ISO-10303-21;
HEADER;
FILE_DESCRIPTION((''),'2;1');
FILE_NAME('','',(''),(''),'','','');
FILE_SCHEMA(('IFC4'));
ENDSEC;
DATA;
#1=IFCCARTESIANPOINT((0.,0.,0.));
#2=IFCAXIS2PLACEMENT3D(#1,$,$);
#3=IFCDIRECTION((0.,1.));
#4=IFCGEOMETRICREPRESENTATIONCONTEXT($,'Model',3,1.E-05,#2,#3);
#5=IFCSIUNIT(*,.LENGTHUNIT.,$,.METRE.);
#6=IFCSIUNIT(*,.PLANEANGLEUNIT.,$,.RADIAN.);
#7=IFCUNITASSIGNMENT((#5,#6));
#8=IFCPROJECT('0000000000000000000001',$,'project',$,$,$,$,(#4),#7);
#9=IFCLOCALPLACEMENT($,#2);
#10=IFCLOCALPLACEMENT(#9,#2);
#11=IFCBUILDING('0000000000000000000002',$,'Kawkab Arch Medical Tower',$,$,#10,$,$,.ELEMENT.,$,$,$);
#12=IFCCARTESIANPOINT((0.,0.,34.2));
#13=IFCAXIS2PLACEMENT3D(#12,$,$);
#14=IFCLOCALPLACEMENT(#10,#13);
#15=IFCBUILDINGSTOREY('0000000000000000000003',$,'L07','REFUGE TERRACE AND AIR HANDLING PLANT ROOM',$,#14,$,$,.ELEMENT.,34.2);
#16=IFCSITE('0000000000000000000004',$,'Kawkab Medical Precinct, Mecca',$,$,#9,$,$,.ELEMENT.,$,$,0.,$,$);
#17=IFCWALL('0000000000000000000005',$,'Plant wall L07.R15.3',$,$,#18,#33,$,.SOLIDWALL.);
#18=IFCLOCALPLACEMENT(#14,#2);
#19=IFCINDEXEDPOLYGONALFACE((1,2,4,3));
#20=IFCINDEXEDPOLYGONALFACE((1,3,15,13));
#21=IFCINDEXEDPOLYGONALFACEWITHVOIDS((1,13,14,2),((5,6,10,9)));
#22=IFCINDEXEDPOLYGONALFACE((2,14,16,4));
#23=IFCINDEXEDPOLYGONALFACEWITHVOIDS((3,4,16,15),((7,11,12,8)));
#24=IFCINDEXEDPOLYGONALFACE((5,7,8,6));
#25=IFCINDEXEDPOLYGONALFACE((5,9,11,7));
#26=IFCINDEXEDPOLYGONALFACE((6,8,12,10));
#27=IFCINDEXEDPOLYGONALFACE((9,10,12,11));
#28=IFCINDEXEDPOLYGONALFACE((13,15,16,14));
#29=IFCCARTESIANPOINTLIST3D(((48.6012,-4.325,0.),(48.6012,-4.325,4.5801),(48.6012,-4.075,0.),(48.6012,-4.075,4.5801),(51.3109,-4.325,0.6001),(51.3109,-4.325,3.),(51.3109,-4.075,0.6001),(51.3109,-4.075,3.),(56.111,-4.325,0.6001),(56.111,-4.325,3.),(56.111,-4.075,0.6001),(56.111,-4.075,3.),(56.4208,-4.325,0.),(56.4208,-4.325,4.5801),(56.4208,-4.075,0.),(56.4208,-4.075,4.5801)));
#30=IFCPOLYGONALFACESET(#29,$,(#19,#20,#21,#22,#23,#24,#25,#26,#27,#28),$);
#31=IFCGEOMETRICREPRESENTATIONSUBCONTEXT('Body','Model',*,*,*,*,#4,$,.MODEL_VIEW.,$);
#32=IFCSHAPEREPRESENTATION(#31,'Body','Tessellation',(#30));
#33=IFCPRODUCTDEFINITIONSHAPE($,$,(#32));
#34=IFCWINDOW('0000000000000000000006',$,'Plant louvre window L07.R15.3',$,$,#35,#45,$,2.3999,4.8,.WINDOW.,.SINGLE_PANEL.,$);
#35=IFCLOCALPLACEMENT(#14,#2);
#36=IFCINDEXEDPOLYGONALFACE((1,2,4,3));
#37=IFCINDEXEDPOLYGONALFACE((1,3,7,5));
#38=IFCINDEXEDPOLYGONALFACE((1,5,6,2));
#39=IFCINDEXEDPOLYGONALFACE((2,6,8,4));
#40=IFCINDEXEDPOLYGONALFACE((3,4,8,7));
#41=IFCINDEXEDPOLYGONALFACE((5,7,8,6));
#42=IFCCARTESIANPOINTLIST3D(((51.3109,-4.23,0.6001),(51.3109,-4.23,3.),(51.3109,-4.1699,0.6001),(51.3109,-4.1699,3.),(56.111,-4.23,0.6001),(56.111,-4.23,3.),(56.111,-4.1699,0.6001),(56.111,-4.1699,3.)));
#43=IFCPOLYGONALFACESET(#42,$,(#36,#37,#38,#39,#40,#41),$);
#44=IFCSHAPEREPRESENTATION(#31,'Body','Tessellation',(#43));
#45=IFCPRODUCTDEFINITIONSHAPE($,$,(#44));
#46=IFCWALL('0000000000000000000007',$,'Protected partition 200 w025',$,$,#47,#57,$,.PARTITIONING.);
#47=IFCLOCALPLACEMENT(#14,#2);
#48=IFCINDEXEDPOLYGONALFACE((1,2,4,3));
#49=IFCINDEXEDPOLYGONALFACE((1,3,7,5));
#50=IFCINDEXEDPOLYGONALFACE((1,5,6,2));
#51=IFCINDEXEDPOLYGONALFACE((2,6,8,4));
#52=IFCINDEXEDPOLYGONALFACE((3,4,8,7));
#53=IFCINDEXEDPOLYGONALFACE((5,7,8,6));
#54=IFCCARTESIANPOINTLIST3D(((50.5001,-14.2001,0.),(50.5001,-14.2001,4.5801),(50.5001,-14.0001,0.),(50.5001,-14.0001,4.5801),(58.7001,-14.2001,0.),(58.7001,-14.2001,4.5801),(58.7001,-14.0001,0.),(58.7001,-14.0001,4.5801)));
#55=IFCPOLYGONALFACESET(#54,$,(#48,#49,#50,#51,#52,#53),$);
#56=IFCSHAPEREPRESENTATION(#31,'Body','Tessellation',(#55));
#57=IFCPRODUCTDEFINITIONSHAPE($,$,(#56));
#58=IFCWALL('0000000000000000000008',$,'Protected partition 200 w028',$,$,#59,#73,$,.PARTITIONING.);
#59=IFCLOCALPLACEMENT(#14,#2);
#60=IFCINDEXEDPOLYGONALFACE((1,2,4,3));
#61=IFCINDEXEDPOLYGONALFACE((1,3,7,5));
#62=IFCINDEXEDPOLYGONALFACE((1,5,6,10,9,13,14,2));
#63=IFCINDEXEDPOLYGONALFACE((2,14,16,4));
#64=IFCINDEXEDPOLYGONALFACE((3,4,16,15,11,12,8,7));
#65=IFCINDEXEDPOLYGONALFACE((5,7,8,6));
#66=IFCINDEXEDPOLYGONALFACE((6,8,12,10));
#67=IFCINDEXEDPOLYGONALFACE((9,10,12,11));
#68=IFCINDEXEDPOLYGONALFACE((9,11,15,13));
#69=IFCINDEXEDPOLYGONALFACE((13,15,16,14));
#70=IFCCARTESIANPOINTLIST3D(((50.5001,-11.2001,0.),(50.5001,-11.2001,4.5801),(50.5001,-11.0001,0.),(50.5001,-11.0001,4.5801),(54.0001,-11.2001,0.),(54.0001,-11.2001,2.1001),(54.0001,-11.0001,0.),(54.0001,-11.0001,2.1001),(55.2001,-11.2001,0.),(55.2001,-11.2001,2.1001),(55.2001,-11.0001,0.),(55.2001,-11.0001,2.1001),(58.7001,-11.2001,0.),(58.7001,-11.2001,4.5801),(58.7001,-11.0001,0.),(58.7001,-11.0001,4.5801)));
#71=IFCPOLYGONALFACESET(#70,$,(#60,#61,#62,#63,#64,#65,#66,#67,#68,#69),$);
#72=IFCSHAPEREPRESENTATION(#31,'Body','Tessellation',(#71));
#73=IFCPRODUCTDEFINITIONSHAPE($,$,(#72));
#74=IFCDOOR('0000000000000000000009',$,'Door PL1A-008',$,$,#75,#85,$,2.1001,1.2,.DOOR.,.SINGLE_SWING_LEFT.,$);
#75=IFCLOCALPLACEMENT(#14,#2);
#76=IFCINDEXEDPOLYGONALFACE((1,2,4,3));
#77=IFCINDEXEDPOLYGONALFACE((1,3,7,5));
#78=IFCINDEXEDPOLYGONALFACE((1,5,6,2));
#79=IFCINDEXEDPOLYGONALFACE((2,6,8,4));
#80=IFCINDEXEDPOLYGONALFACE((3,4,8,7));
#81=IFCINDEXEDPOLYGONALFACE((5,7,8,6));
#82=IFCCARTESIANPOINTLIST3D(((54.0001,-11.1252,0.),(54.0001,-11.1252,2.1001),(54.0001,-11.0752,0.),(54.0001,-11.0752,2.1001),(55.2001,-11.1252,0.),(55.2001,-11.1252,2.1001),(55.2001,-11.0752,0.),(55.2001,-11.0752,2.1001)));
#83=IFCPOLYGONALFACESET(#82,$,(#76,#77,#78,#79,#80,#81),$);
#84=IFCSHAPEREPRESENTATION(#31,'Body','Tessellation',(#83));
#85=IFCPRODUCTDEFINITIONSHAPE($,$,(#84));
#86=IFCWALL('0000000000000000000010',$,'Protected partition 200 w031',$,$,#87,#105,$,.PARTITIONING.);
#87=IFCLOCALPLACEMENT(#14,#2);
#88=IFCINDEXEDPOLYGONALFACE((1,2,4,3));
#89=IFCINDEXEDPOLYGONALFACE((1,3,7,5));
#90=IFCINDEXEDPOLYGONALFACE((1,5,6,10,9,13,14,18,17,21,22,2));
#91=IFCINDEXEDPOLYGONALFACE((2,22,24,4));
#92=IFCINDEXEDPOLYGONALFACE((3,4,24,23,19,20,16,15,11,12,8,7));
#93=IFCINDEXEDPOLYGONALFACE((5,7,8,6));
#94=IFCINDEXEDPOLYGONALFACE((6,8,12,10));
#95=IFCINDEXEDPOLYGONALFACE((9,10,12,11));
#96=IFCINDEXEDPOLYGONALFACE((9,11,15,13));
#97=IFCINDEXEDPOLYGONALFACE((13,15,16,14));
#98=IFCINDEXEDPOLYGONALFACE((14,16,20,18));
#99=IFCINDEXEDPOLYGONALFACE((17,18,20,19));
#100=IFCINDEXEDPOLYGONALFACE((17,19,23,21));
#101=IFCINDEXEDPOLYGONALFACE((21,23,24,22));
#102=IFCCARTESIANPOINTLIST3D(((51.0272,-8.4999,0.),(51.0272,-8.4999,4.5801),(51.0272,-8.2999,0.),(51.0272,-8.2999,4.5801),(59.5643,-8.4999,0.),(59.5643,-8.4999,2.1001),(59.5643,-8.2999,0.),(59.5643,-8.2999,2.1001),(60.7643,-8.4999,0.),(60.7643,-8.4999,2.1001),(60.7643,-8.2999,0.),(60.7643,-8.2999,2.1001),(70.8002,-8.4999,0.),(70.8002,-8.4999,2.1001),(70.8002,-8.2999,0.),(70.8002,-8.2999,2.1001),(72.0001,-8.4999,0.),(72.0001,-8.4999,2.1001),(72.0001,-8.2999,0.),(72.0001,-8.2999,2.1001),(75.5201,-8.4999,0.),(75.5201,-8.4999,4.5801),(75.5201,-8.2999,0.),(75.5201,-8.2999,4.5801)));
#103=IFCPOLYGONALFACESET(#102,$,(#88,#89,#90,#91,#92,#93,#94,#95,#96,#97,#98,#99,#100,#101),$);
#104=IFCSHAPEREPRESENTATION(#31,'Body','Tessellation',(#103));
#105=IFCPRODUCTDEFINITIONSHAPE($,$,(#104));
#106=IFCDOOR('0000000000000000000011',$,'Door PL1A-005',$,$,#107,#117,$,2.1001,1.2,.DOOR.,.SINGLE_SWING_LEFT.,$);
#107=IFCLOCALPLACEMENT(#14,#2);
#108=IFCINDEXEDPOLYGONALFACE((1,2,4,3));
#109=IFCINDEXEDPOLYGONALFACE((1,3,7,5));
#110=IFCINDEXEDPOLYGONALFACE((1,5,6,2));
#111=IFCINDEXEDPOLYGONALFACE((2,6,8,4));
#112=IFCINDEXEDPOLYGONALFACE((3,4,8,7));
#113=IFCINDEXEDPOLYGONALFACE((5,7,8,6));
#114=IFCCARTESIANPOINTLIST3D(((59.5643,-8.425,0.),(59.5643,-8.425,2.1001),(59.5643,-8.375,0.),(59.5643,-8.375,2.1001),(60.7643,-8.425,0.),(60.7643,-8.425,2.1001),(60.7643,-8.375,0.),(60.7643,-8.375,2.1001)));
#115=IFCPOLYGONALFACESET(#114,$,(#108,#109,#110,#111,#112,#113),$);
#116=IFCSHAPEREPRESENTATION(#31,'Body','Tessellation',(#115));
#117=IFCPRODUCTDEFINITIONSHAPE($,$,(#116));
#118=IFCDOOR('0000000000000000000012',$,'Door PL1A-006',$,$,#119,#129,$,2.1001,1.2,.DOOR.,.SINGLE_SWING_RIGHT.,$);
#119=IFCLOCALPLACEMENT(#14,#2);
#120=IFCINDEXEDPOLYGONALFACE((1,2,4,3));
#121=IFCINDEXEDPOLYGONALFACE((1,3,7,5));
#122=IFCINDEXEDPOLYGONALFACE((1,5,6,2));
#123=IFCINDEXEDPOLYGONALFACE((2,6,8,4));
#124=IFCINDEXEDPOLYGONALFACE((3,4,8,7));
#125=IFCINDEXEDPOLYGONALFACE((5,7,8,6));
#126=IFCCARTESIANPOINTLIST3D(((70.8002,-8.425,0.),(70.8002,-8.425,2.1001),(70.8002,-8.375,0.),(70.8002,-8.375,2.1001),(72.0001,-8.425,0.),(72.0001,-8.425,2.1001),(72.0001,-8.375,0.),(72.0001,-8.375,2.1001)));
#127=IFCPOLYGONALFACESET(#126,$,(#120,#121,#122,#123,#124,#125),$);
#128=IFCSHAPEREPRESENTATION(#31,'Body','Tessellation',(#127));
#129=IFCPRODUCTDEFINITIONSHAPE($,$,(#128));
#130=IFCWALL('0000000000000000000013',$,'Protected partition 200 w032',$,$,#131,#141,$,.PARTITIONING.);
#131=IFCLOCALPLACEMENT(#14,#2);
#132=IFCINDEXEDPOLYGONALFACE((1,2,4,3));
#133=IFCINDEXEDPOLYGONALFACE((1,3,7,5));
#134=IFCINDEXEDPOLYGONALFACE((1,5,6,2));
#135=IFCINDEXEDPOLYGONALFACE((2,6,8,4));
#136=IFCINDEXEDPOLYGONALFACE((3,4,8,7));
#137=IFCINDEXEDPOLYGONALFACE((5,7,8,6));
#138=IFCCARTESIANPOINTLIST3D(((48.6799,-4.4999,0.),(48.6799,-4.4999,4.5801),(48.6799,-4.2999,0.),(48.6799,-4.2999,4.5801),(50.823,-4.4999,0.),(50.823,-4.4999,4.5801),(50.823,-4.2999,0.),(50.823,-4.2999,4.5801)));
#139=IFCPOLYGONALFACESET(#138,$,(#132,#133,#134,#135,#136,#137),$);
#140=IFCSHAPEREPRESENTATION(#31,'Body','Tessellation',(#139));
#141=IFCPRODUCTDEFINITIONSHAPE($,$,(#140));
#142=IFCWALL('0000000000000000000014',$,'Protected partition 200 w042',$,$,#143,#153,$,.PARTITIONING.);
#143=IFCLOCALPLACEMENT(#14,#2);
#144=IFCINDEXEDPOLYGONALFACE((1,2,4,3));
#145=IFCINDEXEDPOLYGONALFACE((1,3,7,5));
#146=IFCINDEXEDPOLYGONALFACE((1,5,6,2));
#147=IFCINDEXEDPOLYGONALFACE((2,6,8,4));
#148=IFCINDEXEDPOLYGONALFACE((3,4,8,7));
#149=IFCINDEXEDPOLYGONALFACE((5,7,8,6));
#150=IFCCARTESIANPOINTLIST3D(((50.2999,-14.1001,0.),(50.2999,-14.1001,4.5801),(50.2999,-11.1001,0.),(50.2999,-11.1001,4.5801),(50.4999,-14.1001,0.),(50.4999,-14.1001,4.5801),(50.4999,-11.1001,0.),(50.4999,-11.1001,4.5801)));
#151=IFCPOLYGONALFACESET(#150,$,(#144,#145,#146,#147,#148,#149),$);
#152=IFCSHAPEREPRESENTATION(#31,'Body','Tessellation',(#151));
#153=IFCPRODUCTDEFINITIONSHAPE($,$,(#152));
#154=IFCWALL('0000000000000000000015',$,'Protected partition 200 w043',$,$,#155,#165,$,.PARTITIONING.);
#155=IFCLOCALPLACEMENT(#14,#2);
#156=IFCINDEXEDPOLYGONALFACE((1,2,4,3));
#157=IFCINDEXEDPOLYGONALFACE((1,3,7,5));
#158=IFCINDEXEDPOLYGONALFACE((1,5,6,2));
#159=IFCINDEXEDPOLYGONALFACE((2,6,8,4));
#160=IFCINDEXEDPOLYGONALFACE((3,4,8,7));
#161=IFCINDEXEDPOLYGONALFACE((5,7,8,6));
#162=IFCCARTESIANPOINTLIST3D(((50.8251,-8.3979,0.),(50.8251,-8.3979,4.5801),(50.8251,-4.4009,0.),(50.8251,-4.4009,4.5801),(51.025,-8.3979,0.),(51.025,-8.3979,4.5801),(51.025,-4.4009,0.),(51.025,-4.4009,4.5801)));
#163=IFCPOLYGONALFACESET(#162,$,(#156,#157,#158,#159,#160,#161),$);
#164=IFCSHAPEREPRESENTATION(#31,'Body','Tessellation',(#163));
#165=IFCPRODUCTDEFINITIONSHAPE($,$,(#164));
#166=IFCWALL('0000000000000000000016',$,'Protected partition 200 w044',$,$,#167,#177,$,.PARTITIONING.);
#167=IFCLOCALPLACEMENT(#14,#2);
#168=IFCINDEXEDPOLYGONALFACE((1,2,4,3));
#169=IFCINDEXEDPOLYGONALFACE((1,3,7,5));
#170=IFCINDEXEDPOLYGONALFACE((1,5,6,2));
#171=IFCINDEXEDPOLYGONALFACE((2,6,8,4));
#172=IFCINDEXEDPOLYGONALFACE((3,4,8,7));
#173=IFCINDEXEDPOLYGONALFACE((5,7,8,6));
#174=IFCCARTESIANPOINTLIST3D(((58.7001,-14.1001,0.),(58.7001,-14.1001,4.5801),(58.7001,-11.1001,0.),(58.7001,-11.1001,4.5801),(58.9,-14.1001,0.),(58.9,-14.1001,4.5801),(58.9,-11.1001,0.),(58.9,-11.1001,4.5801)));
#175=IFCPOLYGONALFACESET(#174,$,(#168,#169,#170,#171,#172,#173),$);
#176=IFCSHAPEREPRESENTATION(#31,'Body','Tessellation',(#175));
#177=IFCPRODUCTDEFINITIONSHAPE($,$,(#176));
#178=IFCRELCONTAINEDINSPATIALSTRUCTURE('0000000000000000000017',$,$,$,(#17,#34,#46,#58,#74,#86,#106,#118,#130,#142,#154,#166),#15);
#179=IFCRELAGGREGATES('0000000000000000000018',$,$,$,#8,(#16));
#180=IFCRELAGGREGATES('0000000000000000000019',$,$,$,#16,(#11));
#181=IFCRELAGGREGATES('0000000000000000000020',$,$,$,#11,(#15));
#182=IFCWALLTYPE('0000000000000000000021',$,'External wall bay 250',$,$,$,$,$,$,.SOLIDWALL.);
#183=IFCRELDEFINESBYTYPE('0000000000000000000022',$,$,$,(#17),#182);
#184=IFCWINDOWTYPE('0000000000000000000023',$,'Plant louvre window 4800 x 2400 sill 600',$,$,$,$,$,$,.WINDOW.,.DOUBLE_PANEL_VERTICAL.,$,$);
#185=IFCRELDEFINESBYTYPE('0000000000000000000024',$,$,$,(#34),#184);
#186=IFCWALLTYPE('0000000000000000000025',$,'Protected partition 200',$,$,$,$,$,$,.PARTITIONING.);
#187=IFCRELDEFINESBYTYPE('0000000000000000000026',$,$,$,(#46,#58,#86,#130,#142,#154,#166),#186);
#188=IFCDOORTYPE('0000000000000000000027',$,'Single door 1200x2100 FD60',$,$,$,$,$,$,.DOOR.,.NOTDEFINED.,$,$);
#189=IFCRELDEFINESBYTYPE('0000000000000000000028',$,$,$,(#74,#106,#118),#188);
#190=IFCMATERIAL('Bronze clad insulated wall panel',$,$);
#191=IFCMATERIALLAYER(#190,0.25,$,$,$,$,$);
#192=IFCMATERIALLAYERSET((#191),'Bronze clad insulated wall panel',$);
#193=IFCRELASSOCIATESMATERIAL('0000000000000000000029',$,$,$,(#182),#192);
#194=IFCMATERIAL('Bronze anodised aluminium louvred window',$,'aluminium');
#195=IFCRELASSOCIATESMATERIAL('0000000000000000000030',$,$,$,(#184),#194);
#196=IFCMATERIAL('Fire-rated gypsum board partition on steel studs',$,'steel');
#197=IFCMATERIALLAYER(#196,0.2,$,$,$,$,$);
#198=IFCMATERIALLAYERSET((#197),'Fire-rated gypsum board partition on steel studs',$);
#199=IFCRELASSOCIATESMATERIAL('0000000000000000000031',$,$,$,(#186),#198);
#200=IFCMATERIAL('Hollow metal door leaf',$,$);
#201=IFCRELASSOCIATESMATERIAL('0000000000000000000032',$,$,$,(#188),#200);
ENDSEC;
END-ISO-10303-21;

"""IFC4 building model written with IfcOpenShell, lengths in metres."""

from ifc_helpers import new_model, si_unit, direction, frame, frame_2d, origin, place, context, subcontext, project, spatial, rectangle, extrude, material, layer, layer_set, type_object, element, fill, save


model = new_model("IFC4")

# Units and contexts
model_context = context("Model", 3, precision=1e-05, world=origin(), true_north=direction((0.0, 1.0)))
body_context = subcontext(model_context, "Body", "Model", "MODEL_VIEW")
ifc_project = project(units=[si_unit("LENGTHUNIT", "METRE"), si_unit("PLANEANGLEUNIT", "RADIAN")], contexts=[model_context])

# Site, building, storey
site_placement = place(None, origin())
site = spatial("IfcSite", under=ifc_project, at=site_placement, Name="Kawkab Medical Precinct, Mecca", CompositionType="ELEMENT", RefElevation=0.0)
building_placement = place(site_placement, origin())
building = spatial("IfcBuilding", under=site, at=building_placement, Name="Kawkab Arch Medical Tower", CompositionType="ELEMENT")
storey_placement = place(building_placement, frame((0.0, 0.0, 34.2)))
storey = spatial("IfcBuildingStorey", under=building, at=storey_placement, Name="L07", Description="REFUGE TERRACE AND AIR HANDLING PLANT ROOM", CompositionType="ELEMENT", Elevation=34.2)

# Wall, opening, window
ifc_material_1 = material(Name="Bronze clad insulated wall panel")
ifc_layer_1 = layer(ifc_material_1, 0.25)
ifc_layer_set_1 = layer_set([ifc_layer_1], Name="Bronze clad insulated wall panel")
wall_type_1 = type_object("IfcWallType", Name="External wall bay 250", PredefinedType="SOLIDWALL", material=ifc_layer_set_1)
wall_1_placement = place(storey_placement, frame((56.4207, -4.2, 0.0), z_axis=(0.0, 0.0, 1.0), x_axis=(-1.0, 0.0, 0.0)))
wall_1 = element("IfcWall", 1, at=wall_1_placement, inside=storey, type_object=wall_type_1, Name="Plant wall L07.R15.3", PredefinedType="SOLIDWALL", context=body_context, shape_type="SweptSolid", body=[
    extrude(rectangle(XDim=7.8196, YDim=0.25, at=frame_2d((3.9097, 0.0))), origin(), (0.0, 0.0, 1.0), 4.5801),
])
opening_1_placement = place(wall_1_placement, frame((0.3098, 0.0, 0.6001)))
opening_1 = element("IfcOpeningElement", 2, at=opening_1_placement, cuts=wall_1, PredefinedType="OPENING", context=body_context, shape_type="SweptSolid", body=[
    extrude(rectangle(XDim=4.8, YDim=2.3999, at=frame_2d((2.3999, 1.2))), frame((0.0, 0.135, 0.0), z_axis=(0.0, -1.0, 0.0), x_axis=(1.0, 0.0, 0.0)), (0.0, 0.0, 1.0), 0.27),
])
ifc_material_2 = material(Name="Bronze anodised aluminium louvred window", Category="aluminium")
window_type = type_object("IfcWindowType", Name="Plant louvre window 4800 x 2400 sill 600", PartitioningType="DOUBLE_PANEL_VERTICAL", PredefinedType="WINDOW", material=ifc_material_2)
window_placement = place(opening_1_placement, origin())
window = element("IfcWindow", 3, at=window_placement, inside=storey, type_object=window_type, Name="Plant louvre window L07.R15.3", OverallHeight=2.3999, OverallWidth=4.8, PartitioningType="SINGLE_PANEL", PredefinedType="WINDOW", context=body_context, shape_type="SweptSolid", body=[
    extrude(rectangle(XDim=4.8, YDim=2.3999, at=frame_2d((2.3999, 1.2))), frame((0.0, 0.03, 0.0), z_axis=(0.0, -1.0, 0.0), x_axis=(1.0, 0.0, 0.0)), (0.0, 0.0, 1.0), 0.0601),
])
fill(opening_1, window)

# Wall
ifc_material_3 = material(Name="Fire-rated gypsum board partition on steel studs", Category="steel")
ifc_layer_2 = layer(ifc_material_3, 0.2)
ifc_layer_set_2 = layer_set([ifc_layer_2], Name="Fire-rated gypsum board partition on steel studs")
wall_type_2 = type_object("IfcWallType", Name="Protected partition 200", PredefinedType="PARTITIONING", material=ifc_layer_set_2)
wall_2_placement = place(storey_placement, frame((50.5, -14.1001, 0.0), z_axis=(0.0, 0.0, 1.0), x_axis=(1.0, 0.0, 0.0)))
element("IfcWall", 4, at=wall_2_placement, inside=storey, type_object=wall_type_2, Name="Protected partition 200 w025", PredefinedType="PARTITIONING", context=body_context, shape_type="SweptSolid", body=[
    extrude(rectangle(XDim=8.2, YDim=0.2, at=frame_2d((4.1001, 0.0))), origin(), (0.0, 0.0, 1.0), 4.5801),
])

# Wall, opening, door
wall_3_placement = place(storey_placement, frame((50.5, -11.1001, 0.0), z_axis=(0.0, 0.0, 1.0), x_axis=(1.0, 0.0, 0.0)))
wall_3 = element("IfcWall", 5, at=wall_3_placement, inside=storey, type_object=wall_type_2, Name="Protected partition 200 w028", PredefinedType="PARTITIONING", context=body_context, shape_type="SweptSolid", body=[
    extrude(rectangle(XDim=8.2, YDim=0.2, at=frame_2d((4.1001, 0.0))), origin(), (0.0, 0.0, 1.0), 4.5801),
])
opening_2_placement = place(wall_3_placement, frame((3.5, 0.0, 0.0)))
opening_2 = element("IfcOpeningElement", 6, at=opening_2_placement, cuts=wall_3, PredefinedType="OPENING", context=body_context, shape_type="SweptSolid", body=[
    extrude(rectangle(XDim=1.2, YDim=2.1001, at=frame_2d((0.6001, 1.05))), frame((0.0, 0.1099, 0.0), z_axis=(0.0, -1.0, 0.0), x_axis=(1.0, 0.0, 0.0)), (0.0, 0.0, 1.0), 0.22),
])
ifc_material_4 = material(Name="Hollow metal door leaf")
door_type_1 = type_object("IfcDoorType", Name="Single door 1200x2100 FD60", OperationType="NOTDEFINED", PredefinedType="DOOR", material=ifc_material_4)
door_1_placement = place(opening_2_placement, origin())
door_1 = element("IfcDoor", 7, at=door_1_placement, inside=storey, type_object=door_type_1, Name="Door PL1A-008", OperationType="SINGLE_SWING_LEFT", OverallHeight=2.1001, OverallWidth=1.2, PredefinedType="DOOR", context=body_context, shape_type="SweptSolid", body=[
    extrude(rectangle(XDim=1.2, YDim=2.1001, at=frame_2d((0.6001, 1.05))), frame((0.0, 0.0249, 0.0), z_axis=(0.0, -1.0, 0.0), x_axis=(1.0, 0.0, 0.0)), (0.0, 0.0, 1.0), 0.05),
])
fill(opening_2, door_1)

# Wall, openings, doors
wall_4_placement = place(storey_placement, frame((51.0271, -8.3999, 0.0), z_axis=(0.0, 0.0, 1.0), x_axis=(1.0, 0.0, 0.0)))
wall_4 = element("IfcWall", 8, at=wall_4_placement, inside=storey, type_object=wall_type_2, Name="Protected partition 200 w031", PredefinedType="PARTITIONING", context=body_context, shape_type="SweptSolid", body=[
    extrude(rectangle(XDim=24.4929, YDim=0.2, at=frame_2d((12.2466, 0.0))), origin(), (0.0, 0.0, 1.0), 4.5801),
])
opening_3_placement = place(wall_4_placement, frame((8.5371, 0.0, 0.0)))
opening_3 = element("IfcOpeningElement", 9, at=opening_3_placement, cuts=wall_4, PredefinedType="OPENING", context=body_context, shape_type="SweptSolid", body=[
    extrude(rectangle(XDim=1.2, YDim=2.1001, at=frame_2d((0.6001, 1.05))), frame((0.0, 0.1099, 0.0), z_axis=(0.0, -1.0, 0.0), x_axis=(1.0, 0.0, 0.0)), (0.0, 0.0, 1.0), 0.22),
])
opening_4_placement = place(wall_4_placement, frame((19.7729, 0.0, 0.0)))
opening_4 = element("IfcOpeningElement", 10, at=opening_4_placement, cuts=wall_4, PredefinedType="OPENING", context=body_context, shape_type="SweptSolid", body=[
    extrude(rectangle(XDim=1.2, YDim=2.1001, at=frame_2d((0.6001, 1.05))), frame((0.0, 0.1099, 0.0), z_axis=(0.0, -1.0, 0.0), x_axis=(1.0, 0.0, 0.0)), (0.0, 0.0, 1.0), 0.22),
])
door_2_placement = place(opening_3_placement, origin())
door_2 = element("IfcDoor", 11, at=door_2_placement, inside=storey, type_object=door_type_1, Name="Door PL1A-005", OperationType="SINGLE_SWING_LEFT", OverallHeight=2.1001, OverallWidth=1.2, PredefinedType="DOOR", context=body_context, shape_type="SweptSolid", body=[
    extrude(rectangle(XDim=1.2, YDim=2.1001, at=frame_2d((0.6001, 1.05))), frame((0.0, 0.0249, 0.0), z_axis=(0.0, -1.0, 0.0), x_axis=(1.0, 0.0, 0.0)), (0.0, 0.0, 1.0), 0.05),
])
fill(opening_3, door_2)
door_3_placement = place(opening_4_placement, origin())
door_3 = element("IfcDoor", 12, at=door_3_placement, inside=storey, type_object=door_type_1, Name="Door PL1A-006", OperationType="SINGLE_SWING_RIGHT", OverallHeight=2.1001, OverallWidth=1.2, PredefinedType="DOOR", context=body_context, shape_type="SweptSolid", body=[
    extrude(rectangle(XDim=1.2, YDim=2.1001, at=frame_2d((0.6001, 1.05))), frame((0.0, 0.0249, 0.0), z_axis=(0.0, -1.0, 0.0), x_axis=(1.0, 0.0, 0.0)), (0.0, 0.0, 1.0), 0.05),
])
fill(opening_4, door_3)

# Walls
wall_5_placement = place(storey_placement, frame((48.6799, -4.3999, 0.0), z_axis=(0.0, 0.0, 1.0), x_axis=(1.0, 0.0, 0.0)))
element("IfcWall", 13, at=wall_5_placement, inside=storey, type_object=wall_type_2, Name="Protected partition 200 w032", PredefinedType="PARTITIONING", context=body_context, shape_type="SweptSolid", body=[
    extrude(rectangle(XDim=2.1431, YDim=0.2, at=frame_2d((1.0715, 0.0))), origin(), (0.0, 0.0, 1.0), 4.5801),
])
wall_6_placement = place(storey_placement, frame((50.3999, -14.1001, 0.0), z_axis=(0.0, 0.0, 1.0), x_axis=(0.0, 1.0, 0.0)))
element("IfcWall", 14, at=wall_6_placement, inside=storey, type_object=wall_type_2, Name="Protected partition 200 w042", PredefinedType="PARTITIONING", context=body_context, shape_type="SweptSolid", body=[
    extrude(rectangle(XDim=3.0, YDim=0.2, at=frame_2d((1.5, 0.0))), origin(), (0.0, 0.0, 1.0), 4.5801),
])
wall_7_placement = place(storey_placement, frame((50.925, -8.3979, 0.0), z_axis=(0.0, 0.0, 1.0), x_axis=(0.0, 1.0, 0.0)))
element("IfcWall", 15, at=wall_7_placement, inside=storey, type_object=wall_type_2, Name="Protected partition 200 w043", PredefinedType="PARTITIONING", context=body_context, shape_type="SweptSolid", body=[
    extrude(rectangle(XDim=3.9971, YDim=0.2, at=frame_2d((1.9985, 0.0))), origin(), (0.0, 0.0, 1.0), 4.5801),
])
wall_8_placement = place(storey_placement, frame((58.8, -14.1001, 0.0), z_axis=(0.0, 0.0, 1.0), x_axis=(0.0, 1.0, 0.0)))
element("IfcWall", 16, at=wall_8_placement, inside=storey, type_object=wall_type_2, Name="Protected partition 200 w044", PredefinedType="PARTITIONING", context=body_context, shape_type="SweptSolid", body=[
    extrude(rectangle(XDim=3.0, YDim=0.2, at=frame_2d((1.5, 0.0))), origin(), (0.0, 0.0, 1.0), 4.5801),
])

save(model, "model.ifc")
